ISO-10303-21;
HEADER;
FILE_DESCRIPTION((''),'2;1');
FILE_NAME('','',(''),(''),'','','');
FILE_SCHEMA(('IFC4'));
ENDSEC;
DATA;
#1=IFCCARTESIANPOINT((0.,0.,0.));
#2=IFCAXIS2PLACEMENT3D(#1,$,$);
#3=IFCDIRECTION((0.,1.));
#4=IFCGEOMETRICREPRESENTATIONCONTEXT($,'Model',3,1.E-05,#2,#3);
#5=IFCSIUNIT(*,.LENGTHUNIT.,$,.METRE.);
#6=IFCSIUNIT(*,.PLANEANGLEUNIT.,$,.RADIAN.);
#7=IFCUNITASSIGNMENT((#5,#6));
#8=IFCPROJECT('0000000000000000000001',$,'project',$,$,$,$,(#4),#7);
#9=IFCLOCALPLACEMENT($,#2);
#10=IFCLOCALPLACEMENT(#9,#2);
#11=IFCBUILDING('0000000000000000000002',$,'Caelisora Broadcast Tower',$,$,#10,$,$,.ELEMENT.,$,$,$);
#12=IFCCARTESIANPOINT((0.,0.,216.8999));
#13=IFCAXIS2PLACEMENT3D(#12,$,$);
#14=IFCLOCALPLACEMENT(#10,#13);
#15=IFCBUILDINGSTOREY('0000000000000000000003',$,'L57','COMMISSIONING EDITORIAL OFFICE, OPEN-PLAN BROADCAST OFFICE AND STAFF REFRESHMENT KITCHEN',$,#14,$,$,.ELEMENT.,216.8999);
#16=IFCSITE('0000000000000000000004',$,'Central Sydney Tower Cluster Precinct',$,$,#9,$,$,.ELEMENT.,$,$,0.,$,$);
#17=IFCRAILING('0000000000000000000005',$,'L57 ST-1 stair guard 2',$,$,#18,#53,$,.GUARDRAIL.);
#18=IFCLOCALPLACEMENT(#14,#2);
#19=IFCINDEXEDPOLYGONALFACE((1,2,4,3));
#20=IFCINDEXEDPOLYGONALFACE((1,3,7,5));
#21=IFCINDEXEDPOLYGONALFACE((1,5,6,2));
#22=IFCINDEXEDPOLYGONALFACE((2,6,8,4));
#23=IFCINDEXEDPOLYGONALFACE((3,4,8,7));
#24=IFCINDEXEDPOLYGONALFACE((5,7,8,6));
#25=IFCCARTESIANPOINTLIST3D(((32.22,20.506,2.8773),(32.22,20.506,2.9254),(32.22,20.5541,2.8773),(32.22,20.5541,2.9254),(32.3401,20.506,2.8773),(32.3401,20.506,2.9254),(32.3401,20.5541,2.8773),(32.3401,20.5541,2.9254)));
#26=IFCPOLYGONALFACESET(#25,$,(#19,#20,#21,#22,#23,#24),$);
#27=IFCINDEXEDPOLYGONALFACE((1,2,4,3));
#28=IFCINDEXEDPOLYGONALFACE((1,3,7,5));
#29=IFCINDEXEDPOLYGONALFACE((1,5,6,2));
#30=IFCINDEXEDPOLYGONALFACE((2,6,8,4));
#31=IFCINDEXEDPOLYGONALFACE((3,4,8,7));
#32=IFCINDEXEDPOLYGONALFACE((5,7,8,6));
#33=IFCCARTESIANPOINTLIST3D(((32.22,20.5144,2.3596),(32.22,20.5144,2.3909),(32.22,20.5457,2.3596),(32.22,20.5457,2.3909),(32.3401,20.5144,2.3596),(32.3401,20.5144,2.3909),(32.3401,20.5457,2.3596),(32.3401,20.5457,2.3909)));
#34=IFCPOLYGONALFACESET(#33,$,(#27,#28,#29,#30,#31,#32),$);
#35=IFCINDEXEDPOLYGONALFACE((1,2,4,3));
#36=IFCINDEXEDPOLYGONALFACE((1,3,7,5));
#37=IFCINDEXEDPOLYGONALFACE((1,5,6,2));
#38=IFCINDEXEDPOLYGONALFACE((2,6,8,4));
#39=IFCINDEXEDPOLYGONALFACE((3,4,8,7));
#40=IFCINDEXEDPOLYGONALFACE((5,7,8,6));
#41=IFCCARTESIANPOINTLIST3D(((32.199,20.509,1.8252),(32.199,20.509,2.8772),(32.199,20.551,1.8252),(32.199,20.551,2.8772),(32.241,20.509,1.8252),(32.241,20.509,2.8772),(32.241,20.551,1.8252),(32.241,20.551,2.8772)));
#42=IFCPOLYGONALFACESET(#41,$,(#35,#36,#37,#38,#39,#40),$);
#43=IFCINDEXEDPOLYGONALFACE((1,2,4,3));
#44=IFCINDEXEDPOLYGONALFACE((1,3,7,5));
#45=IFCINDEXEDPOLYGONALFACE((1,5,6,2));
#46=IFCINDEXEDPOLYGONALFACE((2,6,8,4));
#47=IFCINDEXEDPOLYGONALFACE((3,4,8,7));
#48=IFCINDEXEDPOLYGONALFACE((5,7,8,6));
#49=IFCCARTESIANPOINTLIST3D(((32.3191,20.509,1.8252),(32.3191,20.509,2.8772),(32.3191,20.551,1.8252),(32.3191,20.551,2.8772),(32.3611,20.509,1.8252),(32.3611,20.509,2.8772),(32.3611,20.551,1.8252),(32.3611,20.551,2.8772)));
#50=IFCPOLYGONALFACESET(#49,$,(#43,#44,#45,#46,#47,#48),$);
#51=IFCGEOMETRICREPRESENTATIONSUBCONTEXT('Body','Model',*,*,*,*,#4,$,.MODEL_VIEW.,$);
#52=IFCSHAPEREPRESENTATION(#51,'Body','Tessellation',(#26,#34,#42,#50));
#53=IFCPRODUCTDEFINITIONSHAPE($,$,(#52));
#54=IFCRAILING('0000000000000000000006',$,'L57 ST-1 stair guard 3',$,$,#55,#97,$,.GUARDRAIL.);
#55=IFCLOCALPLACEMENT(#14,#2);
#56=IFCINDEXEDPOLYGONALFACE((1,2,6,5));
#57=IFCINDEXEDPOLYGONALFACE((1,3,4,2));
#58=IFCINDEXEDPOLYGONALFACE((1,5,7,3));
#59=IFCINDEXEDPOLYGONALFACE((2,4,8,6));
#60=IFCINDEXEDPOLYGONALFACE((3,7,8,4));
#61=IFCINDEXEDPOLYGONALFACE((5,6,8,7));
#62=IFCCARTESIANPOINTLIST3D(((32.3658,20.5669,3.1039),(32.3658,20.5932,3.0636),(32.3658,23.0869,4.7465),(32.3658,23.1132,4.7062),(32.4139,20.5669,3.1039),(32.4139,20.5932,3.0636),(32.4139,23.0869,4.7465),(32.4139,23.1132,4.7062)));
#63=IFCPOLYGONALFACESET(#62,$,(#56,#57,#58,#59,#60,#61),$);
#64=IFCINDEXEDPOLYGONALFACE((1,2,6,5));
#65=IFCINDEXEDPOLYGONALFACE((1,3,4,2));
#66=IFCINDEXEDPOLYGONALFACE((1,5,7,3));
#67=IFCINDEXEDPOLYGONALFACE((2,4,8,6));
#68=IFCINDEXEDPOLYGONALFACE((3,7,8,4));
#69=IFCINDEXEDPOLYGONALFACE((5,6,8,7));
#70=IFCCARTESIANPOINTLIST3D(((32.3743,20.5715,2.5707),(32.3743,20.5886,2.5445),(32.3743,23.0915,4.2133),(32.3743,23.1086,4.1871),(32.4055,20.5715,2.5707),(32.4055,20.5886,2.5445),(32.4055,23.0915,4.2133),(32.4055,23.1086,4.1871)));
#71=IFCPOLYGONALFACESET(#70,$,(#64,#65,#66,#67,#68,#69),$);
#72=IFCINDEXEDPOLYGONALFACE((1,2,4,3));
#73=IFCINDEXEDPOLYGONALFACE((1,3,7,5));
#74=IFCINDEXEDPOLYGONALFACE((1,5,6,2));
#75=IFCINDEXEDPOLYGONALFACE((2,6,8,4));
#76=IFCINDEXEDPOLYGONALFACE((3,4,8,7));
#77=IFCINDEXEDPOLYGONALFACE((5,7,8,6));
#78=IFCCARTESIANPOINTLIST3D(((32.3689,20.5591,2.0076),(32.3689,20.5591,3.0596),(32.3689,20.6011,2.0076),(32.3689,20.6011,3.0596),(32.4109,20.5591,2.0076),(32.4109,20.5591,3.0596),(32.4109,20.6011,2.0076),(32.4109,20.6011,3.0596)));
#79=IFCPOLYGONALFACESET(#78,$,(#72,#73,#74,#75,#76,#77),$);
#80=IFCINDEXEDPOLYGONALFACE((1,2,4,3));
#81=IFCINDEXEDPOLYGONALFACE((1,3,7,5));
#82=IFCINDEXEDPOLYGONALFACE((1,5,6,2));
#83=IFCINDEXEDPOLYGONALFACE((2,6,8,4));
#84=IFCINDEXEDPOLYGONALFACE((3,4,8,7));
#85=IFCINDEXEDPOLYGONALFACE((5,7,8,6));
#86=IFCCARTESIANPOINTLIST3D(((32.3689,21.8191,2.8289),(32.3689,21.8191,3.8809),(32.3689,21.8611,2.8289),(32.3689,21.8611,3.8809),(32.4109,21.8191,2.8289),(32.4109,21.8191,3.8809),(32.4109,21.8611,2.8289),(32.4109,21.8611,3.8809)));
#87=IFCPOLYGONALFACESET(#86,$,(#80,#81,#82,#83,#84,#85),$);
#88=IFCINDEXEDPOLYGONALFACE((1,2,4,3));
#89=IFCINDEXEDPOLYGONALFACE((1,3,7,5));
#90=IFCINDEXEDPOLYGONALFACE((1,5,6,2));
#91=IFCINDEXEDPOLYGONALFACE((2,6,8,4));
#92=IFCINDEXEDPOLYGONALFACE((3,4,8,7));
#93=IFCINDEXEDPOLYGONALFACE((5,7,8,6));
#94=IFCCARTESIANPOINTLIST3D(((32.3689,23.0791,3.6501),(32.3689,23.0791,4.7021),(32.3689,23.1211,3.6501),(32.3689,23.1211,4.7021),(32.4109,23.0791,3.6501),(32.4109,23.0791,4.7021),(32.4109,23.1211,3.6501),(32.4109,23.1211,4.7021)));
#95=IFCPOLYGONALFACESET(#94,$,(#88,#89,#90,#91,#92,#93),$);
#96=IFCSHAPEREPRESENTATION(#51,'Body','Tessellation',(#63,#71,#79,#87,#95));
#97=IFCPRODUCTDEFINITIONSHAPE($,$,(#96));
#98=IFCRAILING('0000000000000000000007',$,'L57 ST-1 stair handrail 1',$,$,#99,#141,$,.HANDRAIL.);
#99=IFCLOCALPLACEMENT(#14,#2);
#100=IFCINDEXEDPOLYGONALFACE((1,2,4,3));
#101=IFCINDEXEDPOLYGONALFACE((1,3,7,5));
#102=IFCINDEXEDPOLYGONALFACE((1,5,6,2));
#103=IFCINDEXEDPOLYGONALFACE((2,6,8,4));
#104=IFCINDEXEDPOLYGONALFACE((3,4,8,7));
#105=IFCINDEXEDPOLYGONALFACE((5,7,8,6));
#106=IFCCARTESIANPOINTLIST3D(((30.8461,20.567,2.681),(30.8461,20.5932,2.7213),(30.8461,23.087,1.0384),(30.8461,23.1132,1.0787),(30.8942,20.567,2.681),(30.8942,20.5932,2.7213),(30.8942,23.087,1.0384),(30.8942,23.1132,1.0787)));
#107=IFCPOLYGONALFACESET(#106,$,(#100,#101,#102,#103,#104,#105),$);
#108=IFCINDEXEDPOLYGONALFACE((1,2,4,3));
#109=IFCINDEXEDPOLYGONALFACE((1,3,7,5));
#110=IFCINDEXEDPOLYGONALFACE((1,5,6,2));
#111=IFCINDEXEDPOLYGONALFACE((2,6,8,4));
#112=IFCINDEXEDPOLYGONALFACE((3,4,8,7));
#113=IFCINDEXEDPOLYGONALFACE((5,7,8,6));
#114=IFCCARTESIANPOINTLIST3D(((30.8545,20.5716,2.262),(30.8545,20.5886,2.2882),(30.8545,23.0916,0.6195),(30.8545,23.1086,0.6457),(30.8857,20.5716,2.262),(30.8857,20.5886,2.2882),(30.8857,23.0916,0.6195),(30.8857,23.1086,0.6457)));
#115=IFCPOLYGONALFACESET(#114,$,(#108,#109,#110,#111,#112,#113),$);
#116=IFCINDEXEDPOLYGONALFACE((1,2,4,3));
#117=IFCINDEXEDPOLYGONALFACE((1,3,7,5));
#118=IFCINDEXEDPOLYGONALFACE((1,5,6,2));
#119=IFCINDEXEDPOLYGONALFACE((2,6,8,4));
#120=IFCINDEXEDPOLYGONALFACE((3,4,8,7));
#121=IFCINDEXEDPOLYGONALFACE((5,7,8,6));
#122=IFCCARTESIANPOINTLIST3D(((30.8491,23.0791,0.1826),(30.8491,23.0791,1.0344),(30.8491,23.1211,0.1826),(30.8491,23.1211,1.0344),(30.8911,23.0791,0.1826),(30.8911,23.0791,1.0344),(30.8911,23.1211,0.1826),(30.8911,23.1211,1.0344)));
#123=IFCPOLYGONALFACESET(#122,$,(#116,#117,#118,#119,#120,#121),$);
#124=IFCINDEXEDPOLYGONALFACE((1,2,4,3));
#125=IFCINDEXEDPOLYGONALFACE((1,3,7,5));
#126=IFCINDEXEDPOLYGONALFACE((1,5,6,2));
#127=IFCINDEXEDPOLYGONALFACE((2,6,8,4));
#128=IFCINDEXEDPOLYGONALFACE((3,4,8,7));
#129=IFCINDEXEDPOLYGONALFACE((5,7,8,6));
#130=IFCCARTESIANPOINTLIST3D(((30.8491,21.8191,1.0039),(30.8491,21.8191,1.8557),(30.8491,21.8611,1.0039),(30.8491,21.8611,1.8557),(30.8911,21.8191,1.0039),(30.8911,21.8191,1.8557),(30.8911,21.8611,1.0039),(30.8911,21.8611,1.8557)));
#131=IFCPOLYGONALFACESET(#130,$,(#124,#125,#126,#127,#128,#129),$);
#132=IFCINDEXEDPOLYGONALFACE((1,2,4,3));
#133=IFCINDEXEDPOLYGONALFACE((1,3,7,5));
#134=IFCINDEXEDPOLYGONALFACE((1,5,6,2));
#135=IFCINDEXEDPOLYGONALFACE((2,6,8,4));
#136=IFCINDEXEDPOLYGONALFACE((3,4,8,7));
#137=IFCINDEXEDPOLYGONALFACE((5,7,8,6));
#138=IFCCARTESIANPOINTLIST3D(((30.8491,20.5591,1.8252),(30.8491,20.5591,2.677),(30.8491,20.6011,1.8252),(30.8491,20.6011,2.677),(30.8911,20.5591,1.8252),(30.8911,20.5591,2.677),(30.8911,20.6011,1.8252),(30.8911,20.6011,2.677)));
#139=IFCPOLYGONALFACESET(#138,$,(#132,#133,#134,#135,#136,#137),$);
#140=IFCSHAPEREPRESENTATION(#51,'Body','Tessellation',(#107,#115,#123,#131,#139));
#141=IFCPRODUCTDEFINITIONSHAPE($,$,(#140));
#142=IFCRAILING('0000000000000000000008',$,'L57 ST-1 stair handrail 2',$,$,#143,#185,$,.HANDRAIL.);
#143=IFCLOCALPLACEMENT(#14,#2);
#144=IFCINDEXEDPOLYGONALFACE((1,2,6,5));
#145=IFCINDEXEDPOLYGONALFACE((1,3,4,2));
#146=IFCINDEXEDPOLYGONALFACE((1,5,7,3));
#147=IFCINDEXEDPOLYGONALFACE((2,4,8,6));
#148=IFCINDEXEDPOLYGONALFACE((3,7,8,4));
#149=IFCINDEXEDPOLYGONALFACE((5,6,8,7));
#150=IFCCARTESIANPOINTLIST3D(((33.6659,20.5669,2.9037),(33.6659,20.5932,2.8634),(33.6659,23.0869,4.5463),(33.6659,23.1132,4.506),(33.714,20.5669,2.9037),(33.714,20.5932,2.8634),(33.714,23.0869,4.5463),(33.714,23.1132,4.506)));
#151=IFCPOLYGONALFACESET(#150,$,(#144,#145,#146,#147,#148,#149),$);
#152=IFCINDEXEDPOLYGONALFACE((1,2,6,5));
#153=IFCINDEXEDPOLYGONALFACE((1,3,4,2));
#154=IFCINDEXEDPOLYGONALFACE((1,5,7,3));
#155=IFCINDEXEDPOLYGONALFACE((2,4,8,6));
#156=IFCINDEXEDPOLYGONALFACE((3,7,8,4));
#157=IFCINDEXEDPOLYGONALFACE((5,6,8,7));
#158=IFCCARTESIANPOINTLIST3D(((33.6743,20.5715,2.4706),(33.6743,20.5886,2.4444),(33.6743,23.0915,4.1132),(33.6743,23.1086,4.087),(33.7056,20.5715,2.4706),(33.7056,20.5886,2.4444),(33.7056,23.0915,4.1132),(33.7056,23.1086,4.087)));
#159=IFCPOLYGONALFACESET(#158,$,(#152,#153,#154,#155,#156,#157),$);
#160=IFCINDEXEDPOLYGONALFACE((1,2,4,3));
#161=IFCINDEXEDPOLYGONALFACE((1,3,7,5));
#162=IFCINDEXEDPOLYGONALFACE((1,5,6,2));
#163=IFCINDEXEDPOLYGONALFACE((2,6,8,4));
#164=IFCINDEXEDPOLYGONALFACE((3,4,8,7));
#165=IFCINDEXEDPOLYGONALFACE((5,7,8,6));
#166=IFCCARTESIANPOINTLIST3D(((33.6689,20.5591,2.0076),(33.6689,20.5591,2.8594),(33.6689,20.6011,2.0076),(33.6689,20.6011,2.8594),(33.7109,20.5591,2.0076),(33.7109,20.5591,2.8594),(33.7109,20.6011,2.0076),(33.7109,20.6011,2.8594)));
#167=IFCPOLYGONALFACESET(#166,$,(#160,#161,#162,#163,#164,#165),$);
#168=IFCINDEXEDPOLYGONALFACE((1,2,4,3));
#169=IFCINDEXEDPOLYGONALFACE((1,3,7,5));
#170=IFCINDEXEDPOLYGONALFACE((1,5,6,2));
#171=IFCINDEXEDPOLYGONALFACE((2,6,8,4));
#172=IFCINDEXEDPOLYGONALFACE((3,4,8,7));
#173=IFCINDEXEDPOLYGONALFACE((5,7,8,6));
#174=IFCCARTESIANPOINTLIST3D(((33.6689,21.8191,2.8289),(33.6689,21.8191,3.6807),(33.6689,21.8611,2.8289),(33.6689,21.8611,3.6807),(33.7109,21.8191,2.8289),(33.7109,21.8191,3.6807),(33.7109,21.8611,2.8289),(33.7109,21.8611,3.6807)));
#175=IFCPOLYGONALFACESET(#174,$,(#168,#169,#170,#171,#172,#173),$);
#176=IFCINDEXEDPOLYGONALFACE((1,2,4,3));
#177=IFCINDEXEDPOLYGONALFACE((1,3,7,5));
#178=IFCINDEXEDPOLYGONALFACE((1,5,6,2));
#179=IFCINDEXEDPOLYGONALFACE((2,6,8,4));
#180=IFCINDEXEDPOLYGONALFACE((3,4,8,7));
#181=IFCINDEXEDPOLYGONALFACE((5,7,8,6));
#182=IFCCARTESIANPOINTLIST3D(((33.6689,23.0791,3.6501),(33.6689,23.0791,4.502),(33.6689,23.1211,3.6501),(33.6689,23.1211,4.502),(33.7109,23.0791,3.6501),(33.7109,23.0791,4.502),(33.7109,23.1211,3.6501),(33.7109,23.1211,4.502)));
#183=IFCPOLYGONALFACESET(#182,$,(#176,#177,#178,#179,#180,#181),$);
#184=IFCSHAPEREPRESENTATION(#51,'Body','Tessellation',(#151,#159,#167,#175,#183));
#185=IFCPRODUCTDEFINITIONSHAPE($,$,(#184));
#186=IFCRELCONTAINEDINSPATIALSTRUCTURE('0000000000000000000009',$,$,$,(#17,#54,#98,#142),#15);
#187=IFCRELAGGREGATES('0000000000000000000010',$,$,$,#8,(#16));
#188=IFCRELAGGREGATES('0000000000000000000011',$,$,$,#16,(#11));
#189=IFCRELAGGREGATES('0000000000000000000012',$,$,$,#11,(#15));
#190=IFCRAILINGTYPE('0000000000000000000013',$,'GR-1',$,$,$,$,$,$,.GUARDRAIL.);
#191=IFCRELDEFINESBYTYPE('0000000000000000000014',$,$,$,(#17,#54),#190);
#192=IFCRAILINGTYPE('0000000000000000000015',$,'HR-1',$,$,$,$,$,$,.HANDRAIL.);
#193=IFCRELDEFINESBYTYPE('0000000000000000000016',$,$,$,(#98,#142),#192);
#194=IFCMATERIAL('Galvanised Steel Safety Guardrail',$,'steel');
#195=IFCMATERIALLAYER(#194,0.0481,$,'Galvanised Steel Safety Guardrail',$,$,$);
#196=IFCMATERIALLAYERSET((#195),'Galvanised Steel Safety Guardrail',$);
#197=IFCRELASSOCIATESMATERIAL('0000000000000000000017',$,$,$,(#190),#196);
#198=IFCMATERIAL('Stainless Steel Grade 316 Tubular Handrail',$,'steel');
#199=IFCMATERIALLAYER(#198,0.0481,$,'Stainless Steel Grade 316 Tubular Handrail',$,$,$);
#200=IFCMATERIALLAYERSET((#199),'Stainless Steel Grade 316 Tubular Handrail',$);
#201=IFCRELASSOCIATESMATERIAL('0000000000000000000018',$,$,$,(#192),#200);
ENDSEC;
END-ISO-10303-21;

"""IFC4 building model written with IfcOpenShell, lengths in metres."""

from ifc_helpers import new_model, si_unit, direction, frame, origin, origin_2d, place, context, subcontext, project, spatial, rectangle, extrude, material, layer, layer_set, type_object, element, save


model = new_model("IFC4")

# Units and contexts
model_context = context("Model", 3, precision=1e-05, world=origin(), true_north=direction((0.0, 1.0)))
body_context = subcontext(model_context, "Body", "Model", "MODEL_VIEW")
ifc_project = project(units=[si_unit("LENGTHUNIT", "METRE"), si_unit("PLANEANGLEUNIT", "RADIAN")], contexts=[model_context])

# Site, building, storey
site_placement = place(None, origin())
site = spatial("IfcSite", under=ifc_project, at=site_placement, Name="Central Sydney Tower Cluster Precinct", CompositionType="ELEMENT", RefElevation=0.0)
building_placement = place(site_placement, origin())
building = spatial("IfcBuilding", under=site, at=building_placement, Name="Caelisora Broadcast Tower", CompositionType="ELEMENT")
storey_placement = place(building_placement, frame((0.0, 0.0, 216.8999)))
storey = spatial("IfcBuildingStorey", under=building, at=storey_placement, Name="L57", Description="COMMISSIONING EDITORIAL OFFICE, OPEN-PLAN BROADCAST OFFICE AND STAFF REFRESHMENT KITCHEN", CompositionType="ELEMENT", Elevation=216.8999)

# Railings
ifc_material_1 = material(Name="Galvanised Steel Safety Guardrail", Category="steel")
ifc_layer_1 = layer(ifc_material_1, 0.0481, Name="Galvanised Steel Safety Guardrail")
ifc_layer_set_1 = layer_set([ifc_layer_1], Name="Galvanised Steel Safety Guardrail")
railing_type_1 = type_object("IfcRailingType", Name="GR-1", PredefinedType="GUARDRAIL", material=ifc_layer_set_1)
railing_1_placement = place(storey_placement, frame((32.22, 20.53, 1.8252)))
element("IfcRailing", 1, at=railing_1_placement, inside=storey, type_object=railing_type_1, Name="L57 ST-1 stair guard 2", PredefinedType="GUARDRAIL", context=body_context, shape_type="SweptSolid", body=[
    extrude(rectangle(XDim=0.0481, YDim=0.0481, at=origin_2d()), frame((0.0, 0.0, 1.0762), z_axis=(1.0, 0.0, 0.0), x_axis=(0.0, 1.0, 0.0)), (0.0, 0.0, 1.0), 0.1201),
    extrude(rectangle(XDim=0.0312, YDim=0.0312, at=origin_2d()), frame((0.0, 0.0, 0.55), z_axis=(1.0, 0.0, 0.0), x_axis=(0.0, 1.0, 0.0)), (0.0, 0.0, 1.0), 0.1201),
    extrude(rectangle(XDim=0.042, YDim=0.042, at=origin_2d()), origin(), (0.0, 0.0, 1.0), 1.052),
    extrude(rectangle(XDim=0.042, YDim=0.042, at=origin_2d()), frame((0.1201, 0.0, 0.0)), (0.0, 0.0, 1.0), 1.052),
])
railing_2_placement = place(storey_placement, frame((32.3899, 20.5801, 2.0076)))
element("IfcRailing", 2, at=railing_2_placement, inside=storey, type_object=railing_type_1, Name="L57 ST-1 stair guard 3", PredefinedType="GUARDRAIL", context=body_context, shape_type="SweptSolid", body=[
    extrude(rectangle(XDim=0.0481, YDim=0.0481, at=origin_2d()), frame((0.0, 0.0, 1.0762), z_axis=(0.0, 0.837749, 0.546055), x_axis=(-1.0, 0.0, 0.0)), (0.0, 0.0, 1.0), 3.0081),
    extrude(rectangle(XDim=0.0312, YDim=0.0312, at=origin_2d()), frame((0.0, 0.0, 0.55), z_axis=(0.0, 0.837749, 0.546055), x_axis=(-1.0, 0.0, 0.0)), (0.0, 0.0, 1.0), 3.0081),
    extrude(rectangle(XDim=0.042, YDim=0.042, at=origin_2d()), origin(), (0.0, 0.0, 1.0), 1.052),
    extrude(rectangle(XDim=0.042, YDim=0.042, at=origin_2d()), frame((0.0, 1.26, 0.8213)), (0.0, 0.0, 1.0), 1.052),
    extrude(rectangle(XDim=0.042, YDim=0.042, at=origin_2d()), frame((0.0, 2.52, 1.6426)), (0.0, 0.0, 1.0), 1.052),
])
ifc_material_2 = material(Name="Stainless Steel Grade 316 Tubular Handrail", Category="steel")
ifc_layer_2 = layer(ifc_material_2, 0.0481, Name="Stainless Steel Grade 316 Tubular Handrail")
ifc_layer_set_2 = layer_set([ifc_layer_2], Name="Stainless Steel Grade 316 Tubular Handrail")
railing_type_2 = type_object("IfcRailingType", Name="HR-1", PredefinedType="HANDRAIL", material=ifc_layer_set_2)
railing_3_placement = place(storey_placement, frame((30.8701, 23.1001, 0.1826)))
element("IfcRailing", 3, at=railing_3_placement, inside=storey, type_object=railing_type_2, Name="L57 ST-1 stair handrail 1", PredefinedType="HANDRAIL", context=body_context, shape_type="SweptSolid", body=[
    extrude(rectangle(XDim=0.0481, YDim=0.0481, at=origin_2d()), frame((0.0, 0.0, 0.876), z_axis=(0.0, -0.837749, 0.546055), x_axis=(1.0, 0.0, 0.0)), (0.0, 0.0, 1.0), 3.0081),
    extrude(rectangle(XDim=0.0312, YDim=0.0312, at=origin_2d()), frame((0.0, 0.0, 0.45), z_axis=(0.0, -0.837749, 0.546055), x_axis=(1.0, 0.0, 0.0)), (0.0, 0.0, 1.0), 3.0081),
    extrude(rectangle(XDim=0.042, YDim=0.042, at=origin_2d()), origin(), (0.0, 0.0, 1.0), 0.8518),
    extrude(rectangle(XDim=0.042, YDim=0.042, at=origin_2d()), frame((0.0, -1.26, 0.8213)), (0.0, 0.0, 1.0), 0.8518),
    extrude(rectangle(XDim=0.042, YDim=0.042, at=origin_2d()), frame((0.0, -2.52, 1.6426)), (0.0, 0.0, 1.0), 0.8518),
])
railing_4_placement = place(storey_placement, frame((33.6899, 20.5801, 2.0076)))
element("IfcRailing", 4, at=railing_4_placement, inside=storey, type_object=railing_type_2, Name="L57 ST-1 stair handrail 2", PredefinedType="HANDRAIL", context=body_context, shape_type="SweptSolid", body=[
    extrude(rectangle(XDim=0.0481, YDim=0.0481, at=origin_2d()), frame((0.0, 0.0, 0.876), z_axis=(0.0, 0.837749, 0.546055), x_axis=(-1.0, 0.0, 0.0)), (0.0, 0.0, 1.0), 3.0081),
    extrude(rectangle(XDim=0.0312, YDim=0.0312, at=origin_2d()), frame((0.0, 0.0, 0.45), z_axis=(0.0, 0.837749, 0.546055), x_axis=(-1.0, 0.0, 0.0)), (0.0, 0.0, 1.0), 3.0081),
    extrude(rectangle(XDim=0.042, YDim=0.042, at=origin_2d()), origin(), (0.0, 0.0, 1.0), 0.8518),
    extrude(rectangle(XDim=0.042, YDim=0.042, at=origin_2d()), frame((0.0, 1.26, 0.8213)), (0.0, 0.0, 1.0), 0.8518),
    extrude(rectangle(XDim=0.042, YDim=0.042, at=origin_2d()), frame((0.0, 2.52, 1.6426)), (0.0, 0.0, 1.0), 0.8518),
])

save(model, "model.ifc")
